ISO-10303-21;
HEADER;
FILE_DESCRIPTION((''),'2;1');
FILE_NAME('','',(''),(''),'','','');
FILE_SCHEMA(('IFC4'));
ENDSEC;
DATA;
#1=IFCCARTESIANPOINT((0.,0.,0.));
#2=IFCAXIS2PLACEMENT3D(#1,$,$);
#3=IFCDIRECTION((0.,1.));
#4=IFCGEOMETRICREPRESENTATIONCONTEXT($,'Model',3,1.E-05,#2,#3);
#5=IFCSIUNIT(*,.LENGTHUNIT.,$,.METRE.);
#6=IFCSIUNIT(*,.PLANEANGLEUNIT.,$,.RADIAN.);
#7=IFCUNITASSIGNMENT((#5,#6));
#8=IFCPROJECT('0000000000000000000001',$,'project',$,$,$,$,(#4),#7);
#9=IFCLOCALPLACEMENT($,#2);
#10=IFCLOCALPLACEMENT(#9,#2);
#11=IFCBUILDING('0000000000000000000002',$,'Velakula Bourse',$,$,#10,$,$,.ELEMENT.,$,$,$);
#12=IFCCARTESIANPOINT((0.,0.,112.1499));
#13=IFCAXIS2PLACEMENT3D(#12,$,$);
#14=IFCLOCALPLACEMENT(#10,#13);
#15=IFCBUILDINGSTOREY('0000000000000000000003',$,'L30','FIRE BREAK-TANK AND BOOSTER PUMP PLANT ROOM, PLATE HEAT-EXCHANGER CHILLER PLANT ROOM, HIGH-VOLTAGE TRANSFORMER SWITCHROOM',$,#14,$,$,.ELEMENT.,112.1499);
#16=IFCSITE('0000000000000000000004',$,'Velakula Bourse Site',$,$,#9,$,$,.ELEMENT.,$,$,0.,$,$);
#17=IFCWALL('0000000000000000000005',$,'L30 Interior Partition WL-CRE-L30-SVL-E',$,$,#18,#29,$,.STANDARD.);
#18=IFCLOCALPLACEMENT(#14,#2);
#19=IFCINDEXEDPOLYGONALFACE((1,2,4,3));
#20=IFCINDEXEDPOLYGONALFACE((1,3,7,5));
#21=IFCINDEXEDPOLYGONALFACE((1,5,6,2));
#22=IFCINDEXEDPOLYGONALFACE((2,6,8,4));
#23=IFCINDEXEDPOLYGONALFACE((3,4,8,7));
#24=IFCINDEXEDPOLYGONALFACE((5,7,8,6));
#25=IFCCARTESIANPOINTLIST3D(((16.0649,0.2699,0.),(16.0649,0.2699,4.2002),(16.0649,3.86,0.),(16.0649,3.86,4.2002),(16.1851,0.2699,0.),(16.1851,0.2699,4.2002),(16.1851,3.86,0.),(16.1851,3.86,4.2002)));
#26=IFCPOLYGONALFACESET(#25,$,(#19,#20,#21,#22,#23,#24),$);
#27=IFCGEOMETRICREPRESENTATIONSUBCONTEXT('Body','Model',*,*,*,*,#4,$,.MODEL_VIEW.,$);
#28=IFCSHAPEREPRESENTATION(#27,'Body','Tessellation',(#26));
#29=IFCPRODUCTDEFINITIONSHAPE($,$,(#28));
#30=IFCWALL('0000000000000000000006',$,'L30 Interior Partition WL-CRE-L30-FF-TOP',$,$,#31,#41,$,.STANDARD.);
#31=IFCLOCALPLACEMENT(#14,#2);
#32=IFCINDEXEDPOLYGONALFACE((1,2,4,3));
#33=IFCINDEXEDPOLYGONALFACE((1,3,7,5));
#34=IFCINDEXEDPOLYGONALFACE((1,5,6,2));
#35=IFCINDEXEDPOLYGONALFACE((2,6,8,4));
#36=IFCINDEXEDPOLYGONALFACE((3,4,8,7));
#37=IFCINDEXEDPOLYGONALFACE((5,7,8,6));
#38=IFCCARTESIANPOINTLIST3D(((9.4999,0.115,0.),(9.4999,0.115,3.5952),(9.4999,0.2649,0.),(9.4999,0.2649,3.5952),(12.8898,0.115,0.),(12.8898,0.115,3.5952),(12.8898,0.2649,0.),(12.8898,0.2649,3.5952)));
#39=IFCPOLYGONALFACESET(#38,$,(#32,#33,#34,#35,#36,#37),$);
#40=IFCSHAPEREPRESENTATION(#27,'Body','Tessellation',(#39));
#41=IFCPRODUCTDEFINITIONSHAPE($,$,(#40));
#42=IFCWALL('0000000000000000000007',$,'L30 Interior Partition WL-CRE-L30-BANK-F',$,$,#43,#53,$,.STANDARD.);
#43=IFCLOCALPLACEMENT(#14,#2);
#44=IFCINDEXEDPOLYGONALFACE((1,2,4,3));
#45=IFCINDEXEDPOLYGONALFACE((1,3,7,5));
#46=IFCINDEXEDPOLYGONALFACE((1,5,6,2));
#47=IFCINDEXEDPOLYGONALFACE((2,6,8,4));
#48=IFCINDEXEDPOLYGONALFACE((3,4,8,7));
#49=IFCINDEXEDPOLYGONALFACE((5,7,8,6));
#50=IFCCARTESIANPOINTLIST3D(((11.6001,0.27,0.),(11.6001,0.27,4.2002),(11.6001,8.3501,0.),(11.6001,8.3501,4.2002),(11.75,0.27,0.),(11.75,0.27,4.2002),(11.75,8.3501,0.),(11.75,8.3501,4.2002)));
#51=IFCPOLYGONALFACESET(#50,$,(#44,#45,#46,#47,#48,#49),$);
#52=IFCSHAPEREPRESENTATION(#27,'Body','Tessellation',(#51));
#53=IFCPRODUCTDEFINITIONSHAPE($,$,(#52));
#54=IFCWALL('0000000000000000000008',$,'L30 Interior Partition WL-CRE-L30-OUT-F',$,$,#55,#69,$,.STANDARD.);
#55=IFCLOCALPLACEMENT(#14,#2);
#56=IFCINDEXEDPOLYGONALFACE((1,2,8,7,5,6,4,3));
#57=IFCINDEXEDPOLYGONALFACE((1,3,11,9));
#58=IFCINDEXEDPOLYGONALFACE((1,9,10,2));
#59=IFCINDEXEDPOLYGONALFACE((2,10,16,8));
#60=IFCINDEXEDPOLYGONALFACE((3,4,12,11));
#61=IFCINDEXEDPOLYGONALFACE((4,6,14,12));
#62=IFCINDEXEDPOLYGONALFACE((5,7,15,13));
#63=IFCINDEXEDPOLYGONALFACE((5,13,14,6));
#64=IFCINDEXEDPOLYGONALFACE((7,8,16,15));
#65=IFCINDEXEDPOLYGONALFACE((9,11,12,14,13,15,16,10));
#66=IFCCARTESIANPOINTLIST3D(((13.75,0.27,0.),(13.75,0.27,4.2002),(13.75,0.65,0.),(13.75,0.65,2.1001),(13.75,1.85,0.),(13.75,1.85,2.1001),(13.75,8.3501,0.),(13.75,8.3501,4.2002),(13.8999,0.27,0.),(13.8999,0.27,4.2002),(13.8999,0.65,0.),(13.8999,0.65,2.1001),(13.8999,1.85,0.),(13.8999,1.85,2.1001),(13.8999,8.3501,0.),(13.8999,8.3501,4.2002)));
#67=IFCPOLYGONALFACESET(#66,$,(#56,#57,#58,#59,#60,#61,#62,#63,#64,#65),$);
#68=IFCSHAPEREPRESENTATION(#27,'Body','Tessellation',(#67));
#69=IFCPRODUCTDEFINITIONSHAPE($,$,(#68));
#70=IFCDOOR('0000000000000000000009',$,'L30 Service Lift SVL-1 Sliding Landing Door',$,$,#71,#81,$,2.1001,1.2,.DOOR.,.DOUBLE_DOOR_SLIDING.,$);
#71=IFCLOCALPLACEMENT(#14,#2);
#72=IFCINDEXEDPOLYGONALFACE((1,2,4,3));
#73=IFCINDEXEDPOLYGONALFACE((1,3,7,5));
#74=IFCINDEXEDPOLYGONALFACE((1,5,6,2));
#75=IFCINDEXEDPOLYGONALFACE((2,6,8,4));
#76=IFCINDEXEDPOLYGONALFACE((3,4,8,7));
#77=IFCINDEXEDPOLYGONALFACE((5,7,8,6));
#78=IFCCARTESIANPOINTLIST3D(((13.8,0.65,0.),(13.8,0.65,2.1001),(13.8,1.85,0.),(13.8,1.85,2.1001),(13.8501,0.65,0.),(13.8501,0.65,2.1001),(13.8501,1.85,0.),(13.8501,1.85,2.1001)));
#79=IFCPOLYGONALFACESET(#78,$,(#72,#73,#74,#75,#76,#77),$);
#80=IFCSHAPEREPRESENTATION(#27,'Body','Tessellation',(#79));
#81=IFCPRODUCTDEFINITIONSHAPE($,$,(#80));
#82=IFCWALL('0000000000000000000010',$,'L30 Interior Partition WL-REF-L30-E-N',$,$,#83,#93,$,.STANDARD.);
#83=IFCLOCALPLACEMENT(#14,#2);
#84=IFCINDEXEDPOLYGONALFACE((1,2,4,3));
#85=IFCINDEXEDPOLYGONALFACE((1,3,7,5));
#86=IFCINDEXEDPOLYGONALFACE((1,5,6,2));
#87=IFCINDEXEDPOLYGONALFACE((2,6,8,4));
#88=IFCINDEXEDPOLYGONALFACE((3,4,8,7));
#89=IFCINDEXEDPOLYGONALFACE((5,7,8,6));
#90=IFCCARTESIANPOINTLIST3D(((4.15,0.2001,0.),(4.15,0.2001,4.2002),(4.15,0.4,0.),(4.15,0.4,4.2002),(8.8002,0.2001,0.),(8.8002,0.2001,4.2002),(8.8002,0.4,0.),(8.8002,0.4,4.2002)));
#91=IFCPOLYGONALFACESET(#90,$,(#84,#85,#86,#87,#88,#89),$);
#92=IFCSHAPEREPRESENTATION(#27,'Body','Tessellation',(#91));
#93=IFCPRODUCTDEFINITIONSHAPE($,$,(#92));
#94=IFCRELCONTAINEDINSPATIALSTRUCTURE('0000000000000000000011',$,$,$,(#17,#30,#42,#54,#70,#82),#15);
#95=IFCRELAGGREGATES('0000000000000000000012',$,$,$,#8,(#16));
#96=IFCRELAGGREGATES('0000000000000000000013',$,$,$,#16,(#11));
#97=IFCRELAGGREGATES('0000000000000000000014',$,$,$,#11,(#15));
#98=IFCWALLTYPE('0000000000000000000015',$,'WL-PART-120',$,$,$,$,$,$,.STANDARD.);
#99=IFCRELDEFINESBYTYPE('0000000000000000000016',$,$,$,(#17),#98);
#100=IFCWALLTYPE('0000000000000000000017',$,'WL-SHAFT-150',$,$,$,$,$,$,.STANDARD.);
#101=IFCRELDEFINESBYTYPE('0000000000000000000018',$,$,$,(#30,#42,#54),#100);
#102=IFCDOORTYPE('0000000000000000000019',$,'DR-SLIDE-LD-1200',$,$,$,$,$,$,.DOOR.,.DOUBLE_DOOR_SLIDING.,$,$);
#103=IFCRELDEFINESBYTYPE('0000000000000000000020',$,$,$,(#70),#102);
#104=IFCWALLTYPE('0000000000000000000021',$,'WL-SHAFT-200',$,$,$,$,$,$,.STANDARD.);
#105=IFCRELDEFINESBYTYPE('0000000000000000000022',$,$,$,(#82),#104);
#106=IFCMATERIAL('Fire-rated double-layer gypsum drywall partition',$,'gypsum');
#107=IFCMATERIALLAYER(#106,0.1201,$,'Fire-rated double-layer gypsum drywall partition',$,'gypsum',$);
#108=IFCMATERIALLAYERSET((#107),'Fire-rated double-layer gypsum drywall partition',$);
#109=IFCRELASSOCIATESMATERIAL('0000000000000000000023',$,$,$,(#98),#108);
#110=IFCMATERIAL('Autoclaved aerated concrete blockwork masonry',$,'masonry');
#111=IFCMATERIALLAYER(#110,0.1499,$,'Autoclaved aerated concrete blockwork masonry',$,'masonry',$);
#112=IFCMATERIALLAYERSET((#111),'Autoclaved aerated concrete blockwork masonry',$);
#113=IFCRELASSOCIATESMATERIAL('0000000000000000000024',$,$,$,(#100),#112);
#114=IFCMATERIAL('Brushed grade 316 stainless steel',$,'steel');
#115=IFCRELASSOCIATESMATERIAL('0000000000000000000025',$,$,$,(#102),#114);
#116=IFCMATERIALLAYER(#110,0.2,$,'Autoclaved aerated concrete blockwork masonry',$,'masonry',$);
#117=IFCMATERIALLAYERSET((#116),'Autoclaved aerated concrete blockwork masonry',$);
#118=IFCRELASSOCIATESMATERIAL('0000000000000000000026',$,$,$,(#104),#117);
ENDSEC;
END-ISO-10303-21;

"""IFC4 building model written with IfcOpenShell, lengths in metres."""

from ifc_helpers import new_model, si_unit, direction, frame, frame_2d, origin, place, context, subcontext, project, spatial, rectangle, extrude, material, layer, layer_set, type_object, element, fill, save


model = new_model("IFC4")

# Units and contexts
model_context = context("Model", 3, precision=1e-05, world=origin(), true_north=direction((0.0, 1.0)))
body_context = subcontext(model_context, "Body", "Model", "MODEL_VIEW")
ifc_project = project(units=[si_unit("LENGTHUNIT", "METRE"), si_unit("PLANEANGLEUNIT", "RADIAN")], contexts=[model_context])

# Site, building, storey
site_placement = place(None, origin())
site = spatial("IfcSite", under=ifc_project, at=site_placement, Name="Velakula Bourse Site", CompositionType="ELEMENT", RefElevation=0.0)
building_placement = place(site_placement, origin())
building = spatial("IfcBuilding", under=site, at=building_placement, Name="Velakula Bourse", CompositionType="ELEMENT")
storey_placement = place(building_placement, frame((0.0, 0.0, 112.1499)))
storey = spatial("IfcBuildingStorey", under=building, at=storey_placement, Name="L30", Description="FIRE BREAK-TANK AND BOOSTER PUMP PLANT ROOM, PLATE HEAT-EXCHANGER CHILLER PLANT ROOM, HIGH-VOLTAGE TRANSFORMER SWITCHROOM", CompositionType="ELEMENT", Elevation=112.1499)

# Shared definitions
ifc_material_1 = material(Name="Fire-rated double-layer gypsum drywall partition", Category="gypsum")
ifc_layer_1 = layer(ifc_material_1, 0.1201, Name="Fire-rated double-layer gypsum drywall partition", Category="gypsum")
ifc_layer_set_1 = layer_set([ifc_layer_1], Name="Fire-rated double-layer gypsum drywall partition")
wall_type_1 = type_object("IfcWallType", Name="WL-PART-120", PredefinedType="STANDARD", material=ifc_layer_set_1)

# Walls
wall_1_placement = place(storey_placement, frame((16.125, 0.27, 0.0), z_axis=(0.0, 0.0, 1.0), x_axis=(0.0, 1.0, 0.0)))
element("IfcWall", 1, at=wall_1_placement, inside=storey, type_object=wall_type_1, Name="L30 Interior Partition WL-CRE-L30-SVL-E", PredefinedType="STANDARD", context=body_context, shape_type="SweptSolid", body=[
    extrude(rectangle(XDim=3.5901, YDim=0.1201, at=frame_2d((1.7949, 0.0))), origin(), (0.0, 0.0, 1.0), 4.2002),
])
ifc_material_2 = material(Name="Autoclaved aerated concrete blockwork masonry", Category="masonry")
ifc_layer_2 = layer(ifc_material_2, 0.1499, Name="Autoclaved aerated concrete blockwork masonry", Category="masonry")
ifc_layer_set_2 = layer_set([ifc_layer_2], Name="Autoclaved aerated concrete blockwork masonry")
wall_type_2 = type_object("IfcWallType", Name="WL-SHAFT-150", PredefinedType="STANDARD", material=ifc_layer_set_2)
wall_2_placement = place(storey_placement, frame((9.5, 0.1899, 0.0), z_axis=(0.0, 0.0, 1.0), x_axis=(1.0, 0.0, 0.0)))
element("IfcWall", 2, at=wall_2_placement, inside=storey, type_object=wall_type_2, Name="L30 Interior Partition WL-CRE-L30-FF-TOP", PredefinedType="STANDARD", context=body_context, shape_type="SweptSolid", body=[
    extrude(rectangle(XDim=3.3899, YDim=0.1499, at=frame_2d((1.6948, 0.0))), origin(), (0.0, 0.0, 1.0), 3.5952),
])
wall_3_placement = place(storey_placement, frame((11.675, 0.27, 0.0), z_axis=(0.0, 0.0, 1.0), x_axis=(0.0, 1.0, 0.0)))
element("IfcWall", 3, at=wall_3_placement, inside=storey, type_object=wall_type_2, Name="L30 Interior Partition WL-CRE-L30-BANK-F", PredefinedType="STANDARD", context=body_context, shape_type="SweptSolid", body=[
    extrude(rectangle(XDim=8.0801, YDim=0.1499, at=frame_2d((4.04, 0.0))), origin(), (0.0, 0.0, 1.0), 4.2002),
])

# Wall, opening, door
wall_4_placement = place(storey_placement, frame((13.825, 0.27, 0.0), z_axis=(0.0, 0.0, 1.0), x_axis=(0.0, 1.0, 0.0)))
wall_4 = element("IfcWall", 4, at=wall_4_placement, inside=storey, type_object=wall_type_2, Name="L30 Interior Partition WL-CRE-L30-OUT-F", PredefinedType="STANDARD", context=body_context, shape_type="SweptSolid", body=[
    extrude(rectangle(XDim=8.0801, YDim=0.1499, at=frame_2d((4.04, 0.0))), origin(), (0.0, 0.0, 1.0), 4.2002),
])
opening_1_placement = place(wall_4_placement, frame((0.3799, 0.0, 0.0)))
opening_1 = element("IfcOpeningElement", 5, at=opening_1_placement, cuts=wall_4, PredefinedType="OPENING", context=body_context, shape_type="SweptSolid", body=[
    extrude(rectangle(XDim=1.2, YDim=2.1001, at=frame_2d((0.6001, 1.05))), frame((0.0, 0.085, 0.0), z_axis=(0.0, -1.0, 0.0), x_axis=(1.0, 0.0, 0.0)), (0.0, 0.0, 1.0), 0.1699),
])
ifc_material_3 = material(Name="Brushed grade 316 stainless steel", Category="steel")
door_type_1 = type_object("IfcDoorType", Name="DR-SLIDE-LD-1200", OperationType="DOUBLE_DOOR_SLIDING", PredefinedType="DOOR", material=ifc_material_3)
door_1_placement = place(opening_1_placement, origin())
door_1 = element("IfcDoor", 6, at=door_1_placement, inside=storey, type_object=door_type_1, Name="L30 Service Lift SVL-1 Sliding Landing Door", OperationType="DOUBLE_DOOR_SLIDING", OverallHeight=2.1001, OverallWidth=1.2, PredefinedType="DOOR", context=body_context, shape_type="SweptSolid", body=[
    extrude(rectangle(XDim=1.2, YDim=2.1001, at=frame_2d((0.6001, 1.05))), frame((0.0, 0.0249, 0.0), z_axis=(0.0, -1.0, 0.0), x_axis=(1.0, 0.0, 0.0)), (0.0, 0.0, 1.0), 0.05),
])
fill(opening_1, door_1)

# Wall
ifc_layer_3 = layer(ifc_material_2, 0.2, Name="Autoclaved aerated concrete blockwork masonry", Category="masonry")
ifc_layer_set_3 = layer_set([ifc_layer_3], Name="Autoclaved aerated concrete blockwork masonry")
wall_type_3 = type_object("IfcWallType", Name="WL-SHAFT-200", PredefinedType="STANDARD", material=ifc_layer_set_3)
wall_5_placement = place(storey_placement, frame((4.1499, 0.3, 0.0), z_axis=(0.0, 0.0, 1.0), x_axis=(1.0, 0.0, 0.0)))
element("IfcWall", 7, at=wall_5_placement, inside=storey, type_object=wall_type_3, Name="L30 Interior Partition WL-REF-L30-E-N", PredefinedType="STANDARD", context=body_context, shape_type="SweptSolid", body=[
    extrude(rectangle(XDim=4.6501, YDim=0.2, at=frame_2d((2.3252, 0.0))), origin(), (0.0, 0.0, 1.0), 4.2002),
])

save(model, "model.ifc")
